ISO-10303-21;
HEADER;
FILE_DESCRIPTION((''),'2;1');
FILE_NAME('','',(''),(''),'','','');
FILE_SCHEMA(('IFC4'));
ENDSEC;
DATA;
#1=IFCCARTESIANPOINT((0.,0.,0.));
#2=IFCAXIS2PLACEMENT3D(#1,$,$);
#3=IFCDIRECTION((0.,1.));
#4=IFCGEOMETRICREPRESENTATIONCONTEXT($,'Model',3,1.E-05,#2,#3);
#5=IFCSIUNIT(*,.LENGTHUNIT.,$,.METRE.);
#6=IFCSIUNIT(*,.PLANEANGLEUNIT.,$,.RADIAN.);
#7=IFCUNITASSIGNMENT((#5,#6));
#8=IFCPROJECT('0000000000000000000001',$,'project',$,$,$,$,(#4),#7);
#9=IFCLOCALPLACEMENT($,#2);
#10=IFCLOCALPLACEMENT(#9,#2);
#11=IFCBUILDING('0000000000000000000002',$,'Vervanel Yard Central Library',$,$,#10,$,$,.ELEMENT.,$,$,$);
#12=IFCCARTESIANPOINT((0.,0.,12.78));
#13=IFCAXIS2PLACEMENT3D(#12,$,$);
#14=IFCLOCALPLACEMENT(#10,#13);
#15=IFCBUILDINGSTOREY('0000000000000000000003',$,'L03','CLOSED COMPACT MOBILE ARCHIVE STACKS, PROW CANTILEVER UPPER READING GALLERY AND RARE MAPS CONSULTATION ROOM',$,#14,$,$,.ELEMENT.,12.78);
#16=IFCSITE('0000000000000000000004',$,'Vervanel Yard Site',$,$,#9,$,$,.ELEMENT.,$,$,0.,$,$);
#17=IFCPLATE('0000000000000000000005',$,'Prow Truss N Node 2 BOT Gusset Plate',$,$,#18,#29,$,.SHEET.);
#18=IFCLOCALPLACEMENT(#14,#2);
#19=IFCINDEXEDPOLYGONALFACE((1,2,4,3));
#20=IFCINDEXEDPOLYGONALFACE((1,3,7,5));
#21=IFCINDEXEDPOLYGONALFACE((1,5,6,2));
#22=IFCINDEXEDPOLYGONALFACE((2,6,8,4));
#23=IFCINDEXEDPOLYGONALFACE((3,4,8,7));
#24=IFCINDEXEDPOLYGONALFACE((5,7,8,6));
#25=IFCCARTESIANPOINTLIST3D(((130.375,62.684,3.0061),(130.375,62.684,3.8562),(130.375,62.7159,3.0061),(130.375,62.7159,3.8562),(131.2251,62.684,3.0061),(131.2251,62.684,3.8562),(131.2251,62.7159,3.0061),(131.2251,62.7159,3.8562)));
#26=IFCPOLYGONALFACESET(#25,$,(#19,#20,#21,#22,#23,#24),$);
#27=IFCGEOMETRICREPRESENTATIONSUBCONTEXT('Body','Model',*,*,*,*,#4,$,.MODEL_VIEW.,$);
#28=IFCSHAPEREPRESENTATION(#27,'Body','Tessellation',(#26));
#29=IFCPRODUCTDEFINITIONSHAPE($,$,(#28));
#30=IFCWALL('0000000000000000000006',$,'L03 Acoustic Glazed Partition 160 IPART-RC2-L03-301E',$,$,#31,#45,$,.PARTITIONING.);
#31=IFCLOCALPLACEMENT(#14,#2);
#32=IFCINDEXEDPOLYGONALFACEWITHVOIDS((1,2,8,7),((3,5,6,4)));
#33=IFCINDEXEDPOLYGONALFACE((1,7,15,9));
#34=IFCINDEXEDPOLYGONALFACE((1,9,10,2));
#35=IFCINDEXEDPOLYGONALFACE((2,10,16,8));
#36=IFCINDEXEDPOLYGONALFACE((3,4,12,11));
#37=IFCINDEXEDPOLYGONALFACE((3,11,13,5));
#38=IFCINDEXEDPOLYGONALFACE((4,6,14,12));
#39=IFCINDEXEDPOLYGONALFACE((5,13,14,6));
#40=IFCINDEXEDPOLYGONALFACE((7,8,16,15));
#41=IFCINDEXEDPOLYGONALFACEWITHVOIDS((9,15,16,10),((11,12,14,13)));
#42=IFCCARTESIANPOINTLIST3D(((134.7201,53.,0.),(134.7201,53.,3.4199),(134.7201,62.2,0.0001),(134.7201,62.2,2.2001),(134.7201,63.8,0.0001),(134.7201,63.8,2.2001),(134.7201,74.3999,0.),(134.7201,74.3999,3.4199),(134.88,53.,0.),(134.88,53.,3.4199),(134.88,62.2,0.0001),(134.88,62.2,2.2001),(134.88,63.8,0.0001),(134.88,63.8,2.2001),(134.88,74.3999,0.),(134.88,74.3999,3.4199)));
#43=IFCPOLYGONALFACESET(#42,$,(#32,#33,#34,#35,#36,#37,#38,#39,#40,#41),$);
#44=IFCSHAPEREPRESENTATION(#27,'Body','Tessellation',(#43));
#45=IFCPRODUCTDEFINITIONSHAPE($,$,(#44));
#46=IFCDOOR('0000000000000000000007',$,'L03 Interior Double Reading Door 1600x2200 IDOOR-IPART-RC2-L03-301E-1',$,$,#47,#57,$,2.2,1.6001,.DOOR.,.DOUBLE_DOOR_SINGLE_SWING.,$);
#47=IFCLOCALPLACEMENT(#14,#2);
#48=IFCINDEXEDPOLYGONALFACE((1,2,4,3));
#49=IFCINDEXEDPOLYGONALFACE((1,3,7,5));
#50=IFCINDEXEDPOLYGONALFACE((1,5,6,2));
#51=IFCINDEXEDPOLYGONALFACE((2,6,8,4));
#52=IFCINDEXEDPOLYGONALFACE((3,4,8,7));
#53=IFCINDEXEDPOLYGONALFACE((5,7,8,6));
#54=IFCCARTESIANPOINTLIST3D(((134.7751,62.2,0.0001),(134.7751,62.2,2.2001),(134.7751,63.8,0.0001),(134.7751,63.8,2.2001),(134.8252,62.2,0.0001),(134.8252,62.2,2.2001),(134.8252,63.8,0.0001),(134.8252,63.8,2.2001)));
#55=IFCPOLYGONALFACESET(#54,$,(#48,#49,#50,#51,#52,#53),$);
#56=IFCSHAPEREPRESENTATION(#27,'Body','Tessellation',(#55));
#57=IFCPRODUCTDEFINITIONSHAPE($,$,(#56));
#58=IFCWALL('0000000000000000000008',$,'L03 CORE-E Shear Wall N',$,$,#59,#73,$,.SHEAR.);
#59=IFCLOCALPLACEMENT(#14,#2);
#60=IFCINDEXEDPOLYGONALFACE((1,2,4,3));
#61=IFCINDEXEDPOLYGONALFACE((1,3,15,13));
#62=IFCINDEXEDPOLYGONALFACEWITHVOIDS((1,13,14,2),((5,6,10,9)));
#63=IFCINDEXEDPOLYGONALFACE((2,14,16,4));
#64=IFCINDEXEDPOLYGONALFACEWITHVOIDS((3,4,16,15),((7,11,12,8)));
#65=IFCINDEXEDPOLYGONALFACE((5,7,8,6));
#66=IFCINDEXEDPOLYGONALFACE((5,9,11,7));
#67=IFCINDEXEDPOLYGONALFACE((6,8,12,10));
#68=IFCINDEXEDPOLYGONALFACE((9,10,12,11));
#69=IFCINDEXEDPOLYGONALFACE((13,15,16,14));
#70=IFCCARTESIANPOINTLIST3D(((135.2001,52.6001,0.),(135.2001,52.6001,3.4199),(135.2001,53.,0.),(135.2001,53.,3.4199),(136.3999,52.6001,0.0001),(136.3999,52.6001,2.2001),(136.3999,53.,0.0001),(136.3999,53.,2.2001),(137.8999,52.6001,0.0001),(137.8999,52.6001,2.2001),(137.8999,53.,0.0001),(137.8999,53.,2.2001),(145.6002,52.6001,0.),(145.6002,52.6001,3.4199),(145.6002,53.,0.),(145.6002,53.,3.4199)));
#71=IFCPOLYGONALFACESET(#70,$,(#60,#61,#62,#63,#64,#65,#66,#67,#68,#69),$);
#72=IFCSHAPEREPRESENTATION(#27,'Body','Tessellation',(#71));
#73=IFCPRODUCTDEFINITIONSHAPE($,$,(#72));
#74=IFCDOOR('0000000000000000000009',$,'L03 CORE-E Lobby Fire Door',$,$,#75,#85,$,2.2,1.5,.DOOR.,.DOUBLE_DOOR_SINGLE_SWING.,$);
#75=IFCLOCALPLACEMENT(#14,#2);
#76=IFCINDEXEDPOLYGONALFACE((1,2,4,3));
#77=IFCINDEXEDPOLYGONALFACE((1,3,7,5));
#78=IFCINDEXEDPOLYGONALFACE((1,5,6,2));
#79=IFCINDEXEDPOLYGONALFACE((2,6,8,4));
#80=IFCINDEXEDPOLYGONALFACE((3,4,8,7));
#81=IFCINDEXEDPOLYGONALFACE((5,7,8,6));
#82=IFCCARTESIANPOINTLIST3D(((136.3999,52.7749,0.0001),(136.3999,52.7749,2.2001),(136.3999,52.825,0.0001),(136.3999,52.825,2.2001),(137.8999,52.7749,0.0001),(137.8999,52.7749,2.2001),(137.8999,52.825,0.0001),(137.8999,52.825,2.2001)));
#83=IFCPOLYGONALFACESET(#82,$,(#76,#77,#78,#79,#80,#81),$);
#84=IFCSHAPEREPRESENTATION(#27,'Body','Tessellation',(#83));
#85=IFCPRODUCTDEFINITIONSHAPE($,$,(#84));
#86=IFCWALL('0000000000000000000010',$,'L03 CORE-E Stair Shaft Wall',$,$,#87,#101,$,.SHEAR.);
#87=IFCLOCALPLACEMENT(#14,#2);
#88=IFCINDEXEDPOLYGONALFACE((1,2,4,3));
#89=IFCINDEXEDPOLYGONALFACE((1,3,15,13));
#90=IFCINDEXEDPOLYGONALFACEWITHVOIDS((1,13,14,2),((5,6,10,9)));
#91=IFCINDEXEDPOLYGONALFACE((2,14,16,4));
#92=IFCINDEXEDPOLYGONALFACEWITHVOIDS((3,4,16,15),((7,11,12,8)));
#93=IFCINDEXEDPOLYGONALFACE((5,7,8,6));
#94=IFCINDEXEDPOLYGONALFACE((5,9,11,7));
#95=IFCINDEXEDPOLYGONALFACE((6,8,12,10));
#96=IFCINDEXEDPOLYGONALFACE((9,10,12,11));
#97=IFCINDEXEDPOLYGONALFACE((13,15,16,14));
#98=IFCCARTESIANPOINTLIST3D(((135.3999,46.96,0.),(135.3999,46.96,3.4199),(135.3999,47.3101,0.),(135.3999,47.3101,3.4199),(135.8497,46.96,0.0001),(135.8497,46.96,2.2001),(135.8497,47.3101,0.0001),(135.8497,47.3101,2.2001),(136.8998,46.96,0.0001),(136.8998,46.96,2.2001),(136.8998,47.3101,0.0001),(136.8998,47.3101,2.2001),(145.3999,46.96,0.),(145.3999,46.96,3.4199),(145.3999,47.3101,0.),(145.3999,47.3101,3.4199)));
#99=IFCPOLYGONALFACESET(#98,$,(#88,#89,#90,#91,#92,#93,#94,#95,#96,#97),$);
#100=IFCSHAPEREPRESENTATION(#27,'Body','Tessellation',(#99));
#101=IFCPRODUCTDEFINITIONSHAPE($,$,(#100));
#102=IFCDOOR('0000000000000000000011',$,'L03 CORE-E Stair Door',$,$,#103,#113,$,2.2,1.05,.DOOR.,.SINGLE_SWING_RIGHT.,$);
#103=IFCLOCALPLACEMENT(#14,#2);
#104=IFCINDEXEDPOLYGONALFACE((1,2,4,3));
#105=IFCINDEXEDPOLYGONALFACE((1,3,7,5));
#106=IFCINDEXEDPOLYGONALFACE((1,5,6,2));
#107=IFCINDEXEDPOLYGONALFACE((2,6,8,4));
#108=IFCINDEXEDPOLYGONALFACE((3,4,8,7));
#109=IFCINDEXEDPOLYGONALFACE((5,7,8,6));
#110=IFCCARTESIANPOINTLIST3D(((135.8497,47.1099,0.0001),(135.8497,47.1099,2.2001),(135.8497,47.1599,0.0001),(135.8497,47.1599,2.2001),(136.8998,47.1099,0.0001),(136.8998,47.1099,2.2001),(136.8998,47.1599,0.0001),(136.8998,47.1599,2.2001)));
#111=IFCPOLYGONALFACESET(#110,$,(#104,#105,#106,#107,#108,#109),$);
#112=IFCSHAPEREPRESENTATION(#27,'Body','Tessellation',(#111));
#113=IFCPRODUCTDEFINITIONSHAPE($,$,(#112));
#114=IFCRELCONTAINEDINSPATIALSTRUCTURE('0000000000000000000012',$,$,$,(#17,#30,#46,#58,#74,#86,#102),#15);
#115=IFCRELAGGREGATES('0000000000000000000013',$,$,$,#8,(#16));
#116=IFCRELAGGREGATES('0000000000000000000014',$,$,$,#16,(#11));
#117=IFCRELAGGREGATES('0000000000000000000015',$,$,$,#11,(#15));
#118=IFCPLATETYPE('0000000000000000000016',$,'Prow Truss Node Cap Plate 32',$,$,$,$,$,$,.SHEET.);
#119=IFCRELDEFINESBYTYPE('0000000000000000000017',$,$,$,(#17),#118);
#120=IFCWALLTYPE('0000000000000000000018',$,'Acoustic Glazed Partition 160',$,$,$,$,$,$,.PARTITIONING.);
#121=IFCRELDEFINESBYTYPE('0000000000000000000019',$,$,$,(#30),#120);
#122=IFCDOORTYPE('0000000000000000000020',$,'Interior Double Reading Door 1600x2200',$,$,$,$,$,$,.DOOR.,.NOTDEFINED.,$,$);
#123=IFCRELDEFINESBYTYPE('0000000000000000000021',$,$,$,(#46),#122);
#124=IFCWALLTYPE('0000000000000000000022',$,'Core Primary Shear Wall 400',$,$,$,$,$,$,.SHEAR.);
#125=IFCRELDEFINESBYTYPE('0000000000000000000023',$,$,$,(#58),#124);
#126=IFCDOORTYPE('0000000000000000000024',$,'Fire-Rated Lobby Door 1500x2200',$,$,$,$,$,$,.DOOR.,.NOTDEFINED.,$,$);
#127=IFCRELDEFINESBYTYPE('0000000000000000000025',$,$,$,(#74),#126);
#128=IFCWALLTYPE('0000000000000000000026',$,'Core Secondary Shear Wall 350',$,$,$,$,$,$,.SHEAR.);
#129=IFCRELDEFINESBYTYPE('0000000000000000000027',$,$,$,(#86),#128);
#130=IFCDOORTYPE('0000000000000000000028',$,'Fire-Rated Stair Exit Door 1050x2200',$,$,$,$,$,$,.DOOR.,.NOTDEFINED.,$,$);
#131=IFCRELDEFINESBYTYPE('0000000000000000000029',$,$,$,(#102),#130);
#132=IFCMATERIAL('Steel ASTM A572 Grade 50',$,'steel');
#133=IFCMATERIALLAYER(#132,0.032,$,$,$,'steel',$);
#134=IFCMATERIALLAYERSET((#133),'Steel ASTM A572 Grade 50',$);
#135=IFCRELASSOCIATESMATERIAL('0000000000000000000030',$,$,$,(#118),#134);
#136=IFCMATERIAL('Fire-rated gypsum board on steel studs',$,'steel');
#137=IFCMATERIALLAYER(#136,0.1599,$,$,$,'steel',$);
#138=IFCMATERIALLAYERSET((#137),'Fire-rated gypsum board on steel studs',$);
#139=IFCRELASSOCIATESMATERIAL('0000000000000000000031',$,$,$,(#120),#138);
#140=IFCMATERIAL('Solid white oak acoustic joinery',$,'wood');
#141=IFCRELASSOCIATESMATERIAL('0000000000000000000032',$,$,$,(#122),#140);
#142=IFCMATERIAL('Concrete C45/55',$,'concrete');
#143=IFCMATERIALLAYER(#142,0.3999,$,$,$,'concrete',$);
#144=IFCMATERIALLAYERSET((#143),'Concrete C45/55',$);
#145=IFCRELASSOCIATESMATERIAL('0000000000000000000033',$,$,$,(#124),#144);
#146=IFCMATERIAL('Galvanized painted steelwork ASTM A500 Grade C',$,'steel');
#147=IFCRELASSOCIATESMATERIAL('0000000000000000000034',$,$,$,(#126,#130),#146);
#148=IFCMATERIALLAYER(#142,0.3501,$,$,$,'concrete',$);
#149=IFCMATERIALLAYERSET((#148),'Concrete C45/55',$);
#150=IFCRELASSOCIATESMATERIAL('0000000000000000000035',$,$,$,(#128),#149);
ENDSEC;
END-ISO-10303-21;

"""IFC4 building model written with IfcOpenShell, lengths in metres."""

from ifc_helpers import new_model, si_unit, direction, frame, frame_2d, origin, origin_2d, place, context, subcontext, project, spatial, rectangle, extrude, material, layer, layer_set, type_object, element, fill, save


model = new_model("IFC4")

# Units and contexts
model_context = context("Model", 3, precision=1e-05, world=origin(), true_north=direction((0.0, 1.0)))
body_context = subcontext(model_context, "Body", "Model", "MODEL_VIEW")
ifc_project = project(units=[si_unit("LENGTHUNIT", "METRE"), si_unit("PLANEANGLEUNIT", "RADIAN")], contexts=[model_context])

# Site, building, storey
site_placement = place(None, origin())
site = spatial("IfcSite", under=ifc_project, at=site_placement, Name="Vervanel Yard Site", CompositionType="ELEMENT", RefElevation=0.0)
building_placement = place(site_placement, origin())
building = spatial("IfcBuilding", under=site, at=building_placement, Name="Vervanel Yard Central Library", CompositionType="ELEMENT")
storey_placement = place(building_placement, frame((0.0, 0.0, 12.78)))
storey = spatial("IfcBuildingStorey", under=building, at=storey_placement, Name="L03", Description="CLOSED COMPACT MOBILE ARCHIVE STACKS, PROW CANTILEVER UPPER READING GALLERY AND RARE MAPS CONSULTATION ROOM", CompositionType="ELEMENT", Elevation=12.78)

# Shared definitions
ifc_material_1 = material(Name="Concrete C45/55", Category="concrete")

# Plate
ifc_material_2 = material(Name="Steel ASTM A572 Grade 50", Category="steel")
ifc_layer_1 = layer(ifc_material_2, 0.032, Category="steel")
ifc_layer_set_1 = layer_set([ifc_layer_1], Name="Steel ASTM A572 Grade 50")
plate_type_1 = type_object("IfcPlateType", Name="Prow Truss Node Cap Plate 32", PredefinedType="SHEET", material=ifc_layer_set_1)
for number, where, z_axis, x_axis, name in (
    (1, (130.8, 62.7, 3.0061), (0.0, 0.0, 1.0), (1.0, 0.0, 0.0), "Prow Truss N Node 2 BOT Gusset Plate"),
):
    element("IfcPlate", number, at=place(storey_placement, frame(where, z_axis=z_axis, x_axis=x_axis)), inside=storey, type_object=plate_type_1, Name=name, PredefinedType="SHEET", context=body_context, shape_type="SweptSolid", body=[
        extrude(rectangle(XDim=0.8501, YDim=0.032, at=origin_2d()), origin(), (0.0, 0.0, 1.0), 0.8501),
    ])

# Walls, openings, doors
ifc_material_3 = material(Name="Fire-rated gypsum board on steel studs", Category="steel")
ifc_layer_2 = layer(ifc_material_3, 0.1599, Category="steel")
ifc_layer_set_2 = layer_set([ifc_layer_2], Name="Fire-rated gypsum board on steel studs")
wall_type_1 = type_object("IfcWallType", Name="Acoustic Glazed Partition 160", PredefinedType="PARTITIONING", material=ifc_layer_set_2)
wall_1_placement = place(storey_placement, frame((134.8, 53.0, 0.0), z_axis=(0.0, 0.0, 1.0), x_axis=(0.0, 1.0, 0.0)))
wall_1 = element("IfcWall", 2, at=wall_1_placement, inside=storey, type_object=wall_type_1, Name="L03 Acoustic Glazed Partition 160 IPART-RC2-L03-301E", PredefinedType="PARTITIONING", context=body_context, shape_type="SweptSolid", body=[
    extrude(rectangle(XDim=21.3999, YDim=0.1599, at=frame_2d((10.7, 0.0))), origin(), (0.0, 0.0, 1.0), 3.4199),
])
opening_1_placement = place(wall_1_placement, frame((9.2, 0.0, 0.0)))
opening_1 = element("IfcOpeningElement", 3, at=opening_1_placement, cuts=wall_1, PredefinedType="OPENING", context=body_context, shape_type="SweptSolid", body=[
    extrude(rectangle(XDim=1.6001, YDim=2.2, at=frame_2d((0.8, 1.1001))), frame((0.0, 0.0898, 0.0), z_axis=(0.0, -1.0, 0.0), x_axis=(1.0, 0.0, 0.0)), (0.0, 0.0, 1.0), 0.1799),
])
ifc_material_4 = material(Name="Solid white oak acoustic joinery", Category="wood")
door_type_1 = type_object("IfcDoorType", Name="Interior Double Reading Door 1600x2200", OperationType="NOTDEFINED", PredefinedType="DOOR", material=ifc_material_4)
door_1_placement = place(opening_1_placement, origin())
door_1 = element("IfcDoor", 4, at=door_1_placement, inside=storey, type_object=door_type_1, Name="L03 Interior Double Reading Door 1600x2200 IDOOR-IPART-RC2-L03-301E-1", OperationType="DOUBLE_DOOR_SINGLE_SWING", OverallHeight=2.2, OverallWidth=1.6001, PredefinedType="DOOR", context=body_context, shape_type="SweptSolid", body=[
    extrude(rectangle(XDim=1.6001, YDim=2.2, at=frame_2d((0.8, 1.1001))), frame((0.0, 0.0249, 0.0), z_axis=(0.0, -1.0, 0.0), x_axis=(1.0, 0.0, 0.0)), (0.0, 0.0, 1.0), 0.05),
])
fill(opening_1, door_1)
ifc_layer_3 = layer(ifc_material_1, 0.3999, Category="concrete")
ifc_layer_set_3 = layer_set([ifc_layer_3], Name="Concrete C45/55")
wall_type_2 = type_object("IfcWallType", Name="Core Primary Shear Wall 400", PredefinedType="SHEAR", material=ifc_layer_set_3)
wall_2_placement = place(storey_placement, frame((135.2, 52.8, 0.0), z_axis=(0.0, 0.0, 1.0), x_axis=(1.0, 0.0, 0.0)))
wall_2 = element("IfcWall", 5, at=wall_2_placement, inside=storey, type_object=wall_type_2, Name="L03 CORE-E Shear Wall N", PredefinedType="SHEAR", context=body_context, shape_type="SweptSolid", body=[
    extrude(rectangle(XDim=10.4001, YDim=0.3999, at=frame_2d((5.2002, 0.0))), origin(), (0.0, 0.0, 1.0), 3.4199),
])
opening_2_placement = place(wall_2_placement, frame((1.2, 0.0, 0.0)))
opening_2 = element("IfcOpeningElement", 6, at=opening_2_placement, cuts=wall_2, PredefinedType="OPENING", context=body_context, shape_type="SweptSolid", body=[
    extrude(rectangle(XDim=1.5, YDim=2.2, at=frame_2d((0.75, 1.1001))), frame((0.0, 0.21, 0.0), z_axis=(0.0, -1.0, 0.0), x_axis=(1.0, 0.0, 0.0)), (0.0, 0.0, 1.0), 0.4199),
])
ifc_material_5 = material(Name="Galvanized painted steelwork ASTM A500 Grade C", Category="steel")
door_type_2 = type_object("IfcDoorType", Name="Fire-Rated Lobby Door 1500x2200", OperationType="NOTDEFINED", PredefinedType="DOOR", material=ifc_material_5)
door_2_placement = place(opening_2_placement, origin())
door_2 = element("IfcDoor", 7, at=door_2_placement, inside=storey, type_object=door_type_2, Name="L03 CORE-E Lobby Fire Door", OperationType="DOUBLE_DOOR_SINGLE_SWING", OverallHeight=2.2, OverallWidth=1.5, PredefinedType="DOOR", context=body_context, shape_type="SweptSolid", body=[
    extrude(rectangle(XDim=1.5, YDim=2.2, at=frame_2d((0.75, 1.1001))), frame((0.0, 0.0249, 0.0), z_axis=(0.0, -1.0, 0.0), x_axis=(1.0, 0.0, 0.0)), (0.0, 0.0, 1.0), 0.05),
])
fill(opening_2, door_2)
ifc_layer_4 = layer(ifc_material_1, 0.3501, Category="concrete")
ifc_layer_set_4 = layer_set([ifc_layer_4], Name="Concrete C45/55")
wall_type_3 = type_object("IfcWallType", Name="Core Secondary Shear Wall 350", PredefinedType="SHEAR", material=ifc_layer_set_4)
wall_3_placement = place(storey_placement, frame((135.3999, 47.135, 0.0), z_axis=(0.0, 0.0, 1.0), x_axis=(1.0, 0.0, 0.0)))
wall_3 = element("IfcWall", 8, at=wall_3_placement, inside=storey, type_object=wall_type_3, Name="L03 CORE-E Stair Shaft Wall", PredefinedType="SHEAR", context=body_context, shape_type="SweptSolid", body=[
    extrude(rectangle(XDim=10.0, YDim=0.3501, at=frame_2d((5.0, 0.0))), origin(), (0.0, 0.0, 1.0), 3.4199),
])
opening_3_placement = place(wall_3_placement, frame((0.45, 0.0, 0.0)))
opening_3 = element("IfcOpeningElement", 9, at=opening_3_placement, cuts=wall_3, PredefinedType="OPENING", context=body_context, shape_type="SweptSolid", body=[
    extrude(rectangle(XDim=1.05, YDim=2.2, at=frame_2d((0.5249, 1.1001))), frame((0.0, 0.1851, 0.0), z_axis=(0.0, -1.0, 0.0), x_axis=(1.0, 0.0, 0.0)), (0.0, 0.0, 1.0), 0.3701),
])
door_type_3 = type_object("IfcDoorType", Name="Fire-Rated Stair Exit Door 1050x2200", OperationType="NOTDEFINED", PredefinedType="DOOR", material=ifc_material_5)
door_3_placement = place(opening_3_placement, origin())
door_3 = element("IfcDoor", 10, at=door_3_placement, inside=storey, type_object=door_type_3, Name="L03 CORE-E Stair Door", OperationType="SINGLE_SWING_RIGHT", OverallHeight=2.2, OverallWidth=1.05, PredefinedType="DOOR", context=body_context, shape_type="SweptSolid", body=[
    extrude(rectangle(XDim=1.05, YDim=2.2, at=frame_2d((0.5249, 1.1001))), frame((0.0, 0.0249, 0.0), z_axis=(0.0, -1.0, 0.0), x_axis=(1.0, 0.0, 0.0)), (0.0, 0.0, 1.0), 0.05),
])
fill(opening_3, door_3)

save(model, "model.ifc")
